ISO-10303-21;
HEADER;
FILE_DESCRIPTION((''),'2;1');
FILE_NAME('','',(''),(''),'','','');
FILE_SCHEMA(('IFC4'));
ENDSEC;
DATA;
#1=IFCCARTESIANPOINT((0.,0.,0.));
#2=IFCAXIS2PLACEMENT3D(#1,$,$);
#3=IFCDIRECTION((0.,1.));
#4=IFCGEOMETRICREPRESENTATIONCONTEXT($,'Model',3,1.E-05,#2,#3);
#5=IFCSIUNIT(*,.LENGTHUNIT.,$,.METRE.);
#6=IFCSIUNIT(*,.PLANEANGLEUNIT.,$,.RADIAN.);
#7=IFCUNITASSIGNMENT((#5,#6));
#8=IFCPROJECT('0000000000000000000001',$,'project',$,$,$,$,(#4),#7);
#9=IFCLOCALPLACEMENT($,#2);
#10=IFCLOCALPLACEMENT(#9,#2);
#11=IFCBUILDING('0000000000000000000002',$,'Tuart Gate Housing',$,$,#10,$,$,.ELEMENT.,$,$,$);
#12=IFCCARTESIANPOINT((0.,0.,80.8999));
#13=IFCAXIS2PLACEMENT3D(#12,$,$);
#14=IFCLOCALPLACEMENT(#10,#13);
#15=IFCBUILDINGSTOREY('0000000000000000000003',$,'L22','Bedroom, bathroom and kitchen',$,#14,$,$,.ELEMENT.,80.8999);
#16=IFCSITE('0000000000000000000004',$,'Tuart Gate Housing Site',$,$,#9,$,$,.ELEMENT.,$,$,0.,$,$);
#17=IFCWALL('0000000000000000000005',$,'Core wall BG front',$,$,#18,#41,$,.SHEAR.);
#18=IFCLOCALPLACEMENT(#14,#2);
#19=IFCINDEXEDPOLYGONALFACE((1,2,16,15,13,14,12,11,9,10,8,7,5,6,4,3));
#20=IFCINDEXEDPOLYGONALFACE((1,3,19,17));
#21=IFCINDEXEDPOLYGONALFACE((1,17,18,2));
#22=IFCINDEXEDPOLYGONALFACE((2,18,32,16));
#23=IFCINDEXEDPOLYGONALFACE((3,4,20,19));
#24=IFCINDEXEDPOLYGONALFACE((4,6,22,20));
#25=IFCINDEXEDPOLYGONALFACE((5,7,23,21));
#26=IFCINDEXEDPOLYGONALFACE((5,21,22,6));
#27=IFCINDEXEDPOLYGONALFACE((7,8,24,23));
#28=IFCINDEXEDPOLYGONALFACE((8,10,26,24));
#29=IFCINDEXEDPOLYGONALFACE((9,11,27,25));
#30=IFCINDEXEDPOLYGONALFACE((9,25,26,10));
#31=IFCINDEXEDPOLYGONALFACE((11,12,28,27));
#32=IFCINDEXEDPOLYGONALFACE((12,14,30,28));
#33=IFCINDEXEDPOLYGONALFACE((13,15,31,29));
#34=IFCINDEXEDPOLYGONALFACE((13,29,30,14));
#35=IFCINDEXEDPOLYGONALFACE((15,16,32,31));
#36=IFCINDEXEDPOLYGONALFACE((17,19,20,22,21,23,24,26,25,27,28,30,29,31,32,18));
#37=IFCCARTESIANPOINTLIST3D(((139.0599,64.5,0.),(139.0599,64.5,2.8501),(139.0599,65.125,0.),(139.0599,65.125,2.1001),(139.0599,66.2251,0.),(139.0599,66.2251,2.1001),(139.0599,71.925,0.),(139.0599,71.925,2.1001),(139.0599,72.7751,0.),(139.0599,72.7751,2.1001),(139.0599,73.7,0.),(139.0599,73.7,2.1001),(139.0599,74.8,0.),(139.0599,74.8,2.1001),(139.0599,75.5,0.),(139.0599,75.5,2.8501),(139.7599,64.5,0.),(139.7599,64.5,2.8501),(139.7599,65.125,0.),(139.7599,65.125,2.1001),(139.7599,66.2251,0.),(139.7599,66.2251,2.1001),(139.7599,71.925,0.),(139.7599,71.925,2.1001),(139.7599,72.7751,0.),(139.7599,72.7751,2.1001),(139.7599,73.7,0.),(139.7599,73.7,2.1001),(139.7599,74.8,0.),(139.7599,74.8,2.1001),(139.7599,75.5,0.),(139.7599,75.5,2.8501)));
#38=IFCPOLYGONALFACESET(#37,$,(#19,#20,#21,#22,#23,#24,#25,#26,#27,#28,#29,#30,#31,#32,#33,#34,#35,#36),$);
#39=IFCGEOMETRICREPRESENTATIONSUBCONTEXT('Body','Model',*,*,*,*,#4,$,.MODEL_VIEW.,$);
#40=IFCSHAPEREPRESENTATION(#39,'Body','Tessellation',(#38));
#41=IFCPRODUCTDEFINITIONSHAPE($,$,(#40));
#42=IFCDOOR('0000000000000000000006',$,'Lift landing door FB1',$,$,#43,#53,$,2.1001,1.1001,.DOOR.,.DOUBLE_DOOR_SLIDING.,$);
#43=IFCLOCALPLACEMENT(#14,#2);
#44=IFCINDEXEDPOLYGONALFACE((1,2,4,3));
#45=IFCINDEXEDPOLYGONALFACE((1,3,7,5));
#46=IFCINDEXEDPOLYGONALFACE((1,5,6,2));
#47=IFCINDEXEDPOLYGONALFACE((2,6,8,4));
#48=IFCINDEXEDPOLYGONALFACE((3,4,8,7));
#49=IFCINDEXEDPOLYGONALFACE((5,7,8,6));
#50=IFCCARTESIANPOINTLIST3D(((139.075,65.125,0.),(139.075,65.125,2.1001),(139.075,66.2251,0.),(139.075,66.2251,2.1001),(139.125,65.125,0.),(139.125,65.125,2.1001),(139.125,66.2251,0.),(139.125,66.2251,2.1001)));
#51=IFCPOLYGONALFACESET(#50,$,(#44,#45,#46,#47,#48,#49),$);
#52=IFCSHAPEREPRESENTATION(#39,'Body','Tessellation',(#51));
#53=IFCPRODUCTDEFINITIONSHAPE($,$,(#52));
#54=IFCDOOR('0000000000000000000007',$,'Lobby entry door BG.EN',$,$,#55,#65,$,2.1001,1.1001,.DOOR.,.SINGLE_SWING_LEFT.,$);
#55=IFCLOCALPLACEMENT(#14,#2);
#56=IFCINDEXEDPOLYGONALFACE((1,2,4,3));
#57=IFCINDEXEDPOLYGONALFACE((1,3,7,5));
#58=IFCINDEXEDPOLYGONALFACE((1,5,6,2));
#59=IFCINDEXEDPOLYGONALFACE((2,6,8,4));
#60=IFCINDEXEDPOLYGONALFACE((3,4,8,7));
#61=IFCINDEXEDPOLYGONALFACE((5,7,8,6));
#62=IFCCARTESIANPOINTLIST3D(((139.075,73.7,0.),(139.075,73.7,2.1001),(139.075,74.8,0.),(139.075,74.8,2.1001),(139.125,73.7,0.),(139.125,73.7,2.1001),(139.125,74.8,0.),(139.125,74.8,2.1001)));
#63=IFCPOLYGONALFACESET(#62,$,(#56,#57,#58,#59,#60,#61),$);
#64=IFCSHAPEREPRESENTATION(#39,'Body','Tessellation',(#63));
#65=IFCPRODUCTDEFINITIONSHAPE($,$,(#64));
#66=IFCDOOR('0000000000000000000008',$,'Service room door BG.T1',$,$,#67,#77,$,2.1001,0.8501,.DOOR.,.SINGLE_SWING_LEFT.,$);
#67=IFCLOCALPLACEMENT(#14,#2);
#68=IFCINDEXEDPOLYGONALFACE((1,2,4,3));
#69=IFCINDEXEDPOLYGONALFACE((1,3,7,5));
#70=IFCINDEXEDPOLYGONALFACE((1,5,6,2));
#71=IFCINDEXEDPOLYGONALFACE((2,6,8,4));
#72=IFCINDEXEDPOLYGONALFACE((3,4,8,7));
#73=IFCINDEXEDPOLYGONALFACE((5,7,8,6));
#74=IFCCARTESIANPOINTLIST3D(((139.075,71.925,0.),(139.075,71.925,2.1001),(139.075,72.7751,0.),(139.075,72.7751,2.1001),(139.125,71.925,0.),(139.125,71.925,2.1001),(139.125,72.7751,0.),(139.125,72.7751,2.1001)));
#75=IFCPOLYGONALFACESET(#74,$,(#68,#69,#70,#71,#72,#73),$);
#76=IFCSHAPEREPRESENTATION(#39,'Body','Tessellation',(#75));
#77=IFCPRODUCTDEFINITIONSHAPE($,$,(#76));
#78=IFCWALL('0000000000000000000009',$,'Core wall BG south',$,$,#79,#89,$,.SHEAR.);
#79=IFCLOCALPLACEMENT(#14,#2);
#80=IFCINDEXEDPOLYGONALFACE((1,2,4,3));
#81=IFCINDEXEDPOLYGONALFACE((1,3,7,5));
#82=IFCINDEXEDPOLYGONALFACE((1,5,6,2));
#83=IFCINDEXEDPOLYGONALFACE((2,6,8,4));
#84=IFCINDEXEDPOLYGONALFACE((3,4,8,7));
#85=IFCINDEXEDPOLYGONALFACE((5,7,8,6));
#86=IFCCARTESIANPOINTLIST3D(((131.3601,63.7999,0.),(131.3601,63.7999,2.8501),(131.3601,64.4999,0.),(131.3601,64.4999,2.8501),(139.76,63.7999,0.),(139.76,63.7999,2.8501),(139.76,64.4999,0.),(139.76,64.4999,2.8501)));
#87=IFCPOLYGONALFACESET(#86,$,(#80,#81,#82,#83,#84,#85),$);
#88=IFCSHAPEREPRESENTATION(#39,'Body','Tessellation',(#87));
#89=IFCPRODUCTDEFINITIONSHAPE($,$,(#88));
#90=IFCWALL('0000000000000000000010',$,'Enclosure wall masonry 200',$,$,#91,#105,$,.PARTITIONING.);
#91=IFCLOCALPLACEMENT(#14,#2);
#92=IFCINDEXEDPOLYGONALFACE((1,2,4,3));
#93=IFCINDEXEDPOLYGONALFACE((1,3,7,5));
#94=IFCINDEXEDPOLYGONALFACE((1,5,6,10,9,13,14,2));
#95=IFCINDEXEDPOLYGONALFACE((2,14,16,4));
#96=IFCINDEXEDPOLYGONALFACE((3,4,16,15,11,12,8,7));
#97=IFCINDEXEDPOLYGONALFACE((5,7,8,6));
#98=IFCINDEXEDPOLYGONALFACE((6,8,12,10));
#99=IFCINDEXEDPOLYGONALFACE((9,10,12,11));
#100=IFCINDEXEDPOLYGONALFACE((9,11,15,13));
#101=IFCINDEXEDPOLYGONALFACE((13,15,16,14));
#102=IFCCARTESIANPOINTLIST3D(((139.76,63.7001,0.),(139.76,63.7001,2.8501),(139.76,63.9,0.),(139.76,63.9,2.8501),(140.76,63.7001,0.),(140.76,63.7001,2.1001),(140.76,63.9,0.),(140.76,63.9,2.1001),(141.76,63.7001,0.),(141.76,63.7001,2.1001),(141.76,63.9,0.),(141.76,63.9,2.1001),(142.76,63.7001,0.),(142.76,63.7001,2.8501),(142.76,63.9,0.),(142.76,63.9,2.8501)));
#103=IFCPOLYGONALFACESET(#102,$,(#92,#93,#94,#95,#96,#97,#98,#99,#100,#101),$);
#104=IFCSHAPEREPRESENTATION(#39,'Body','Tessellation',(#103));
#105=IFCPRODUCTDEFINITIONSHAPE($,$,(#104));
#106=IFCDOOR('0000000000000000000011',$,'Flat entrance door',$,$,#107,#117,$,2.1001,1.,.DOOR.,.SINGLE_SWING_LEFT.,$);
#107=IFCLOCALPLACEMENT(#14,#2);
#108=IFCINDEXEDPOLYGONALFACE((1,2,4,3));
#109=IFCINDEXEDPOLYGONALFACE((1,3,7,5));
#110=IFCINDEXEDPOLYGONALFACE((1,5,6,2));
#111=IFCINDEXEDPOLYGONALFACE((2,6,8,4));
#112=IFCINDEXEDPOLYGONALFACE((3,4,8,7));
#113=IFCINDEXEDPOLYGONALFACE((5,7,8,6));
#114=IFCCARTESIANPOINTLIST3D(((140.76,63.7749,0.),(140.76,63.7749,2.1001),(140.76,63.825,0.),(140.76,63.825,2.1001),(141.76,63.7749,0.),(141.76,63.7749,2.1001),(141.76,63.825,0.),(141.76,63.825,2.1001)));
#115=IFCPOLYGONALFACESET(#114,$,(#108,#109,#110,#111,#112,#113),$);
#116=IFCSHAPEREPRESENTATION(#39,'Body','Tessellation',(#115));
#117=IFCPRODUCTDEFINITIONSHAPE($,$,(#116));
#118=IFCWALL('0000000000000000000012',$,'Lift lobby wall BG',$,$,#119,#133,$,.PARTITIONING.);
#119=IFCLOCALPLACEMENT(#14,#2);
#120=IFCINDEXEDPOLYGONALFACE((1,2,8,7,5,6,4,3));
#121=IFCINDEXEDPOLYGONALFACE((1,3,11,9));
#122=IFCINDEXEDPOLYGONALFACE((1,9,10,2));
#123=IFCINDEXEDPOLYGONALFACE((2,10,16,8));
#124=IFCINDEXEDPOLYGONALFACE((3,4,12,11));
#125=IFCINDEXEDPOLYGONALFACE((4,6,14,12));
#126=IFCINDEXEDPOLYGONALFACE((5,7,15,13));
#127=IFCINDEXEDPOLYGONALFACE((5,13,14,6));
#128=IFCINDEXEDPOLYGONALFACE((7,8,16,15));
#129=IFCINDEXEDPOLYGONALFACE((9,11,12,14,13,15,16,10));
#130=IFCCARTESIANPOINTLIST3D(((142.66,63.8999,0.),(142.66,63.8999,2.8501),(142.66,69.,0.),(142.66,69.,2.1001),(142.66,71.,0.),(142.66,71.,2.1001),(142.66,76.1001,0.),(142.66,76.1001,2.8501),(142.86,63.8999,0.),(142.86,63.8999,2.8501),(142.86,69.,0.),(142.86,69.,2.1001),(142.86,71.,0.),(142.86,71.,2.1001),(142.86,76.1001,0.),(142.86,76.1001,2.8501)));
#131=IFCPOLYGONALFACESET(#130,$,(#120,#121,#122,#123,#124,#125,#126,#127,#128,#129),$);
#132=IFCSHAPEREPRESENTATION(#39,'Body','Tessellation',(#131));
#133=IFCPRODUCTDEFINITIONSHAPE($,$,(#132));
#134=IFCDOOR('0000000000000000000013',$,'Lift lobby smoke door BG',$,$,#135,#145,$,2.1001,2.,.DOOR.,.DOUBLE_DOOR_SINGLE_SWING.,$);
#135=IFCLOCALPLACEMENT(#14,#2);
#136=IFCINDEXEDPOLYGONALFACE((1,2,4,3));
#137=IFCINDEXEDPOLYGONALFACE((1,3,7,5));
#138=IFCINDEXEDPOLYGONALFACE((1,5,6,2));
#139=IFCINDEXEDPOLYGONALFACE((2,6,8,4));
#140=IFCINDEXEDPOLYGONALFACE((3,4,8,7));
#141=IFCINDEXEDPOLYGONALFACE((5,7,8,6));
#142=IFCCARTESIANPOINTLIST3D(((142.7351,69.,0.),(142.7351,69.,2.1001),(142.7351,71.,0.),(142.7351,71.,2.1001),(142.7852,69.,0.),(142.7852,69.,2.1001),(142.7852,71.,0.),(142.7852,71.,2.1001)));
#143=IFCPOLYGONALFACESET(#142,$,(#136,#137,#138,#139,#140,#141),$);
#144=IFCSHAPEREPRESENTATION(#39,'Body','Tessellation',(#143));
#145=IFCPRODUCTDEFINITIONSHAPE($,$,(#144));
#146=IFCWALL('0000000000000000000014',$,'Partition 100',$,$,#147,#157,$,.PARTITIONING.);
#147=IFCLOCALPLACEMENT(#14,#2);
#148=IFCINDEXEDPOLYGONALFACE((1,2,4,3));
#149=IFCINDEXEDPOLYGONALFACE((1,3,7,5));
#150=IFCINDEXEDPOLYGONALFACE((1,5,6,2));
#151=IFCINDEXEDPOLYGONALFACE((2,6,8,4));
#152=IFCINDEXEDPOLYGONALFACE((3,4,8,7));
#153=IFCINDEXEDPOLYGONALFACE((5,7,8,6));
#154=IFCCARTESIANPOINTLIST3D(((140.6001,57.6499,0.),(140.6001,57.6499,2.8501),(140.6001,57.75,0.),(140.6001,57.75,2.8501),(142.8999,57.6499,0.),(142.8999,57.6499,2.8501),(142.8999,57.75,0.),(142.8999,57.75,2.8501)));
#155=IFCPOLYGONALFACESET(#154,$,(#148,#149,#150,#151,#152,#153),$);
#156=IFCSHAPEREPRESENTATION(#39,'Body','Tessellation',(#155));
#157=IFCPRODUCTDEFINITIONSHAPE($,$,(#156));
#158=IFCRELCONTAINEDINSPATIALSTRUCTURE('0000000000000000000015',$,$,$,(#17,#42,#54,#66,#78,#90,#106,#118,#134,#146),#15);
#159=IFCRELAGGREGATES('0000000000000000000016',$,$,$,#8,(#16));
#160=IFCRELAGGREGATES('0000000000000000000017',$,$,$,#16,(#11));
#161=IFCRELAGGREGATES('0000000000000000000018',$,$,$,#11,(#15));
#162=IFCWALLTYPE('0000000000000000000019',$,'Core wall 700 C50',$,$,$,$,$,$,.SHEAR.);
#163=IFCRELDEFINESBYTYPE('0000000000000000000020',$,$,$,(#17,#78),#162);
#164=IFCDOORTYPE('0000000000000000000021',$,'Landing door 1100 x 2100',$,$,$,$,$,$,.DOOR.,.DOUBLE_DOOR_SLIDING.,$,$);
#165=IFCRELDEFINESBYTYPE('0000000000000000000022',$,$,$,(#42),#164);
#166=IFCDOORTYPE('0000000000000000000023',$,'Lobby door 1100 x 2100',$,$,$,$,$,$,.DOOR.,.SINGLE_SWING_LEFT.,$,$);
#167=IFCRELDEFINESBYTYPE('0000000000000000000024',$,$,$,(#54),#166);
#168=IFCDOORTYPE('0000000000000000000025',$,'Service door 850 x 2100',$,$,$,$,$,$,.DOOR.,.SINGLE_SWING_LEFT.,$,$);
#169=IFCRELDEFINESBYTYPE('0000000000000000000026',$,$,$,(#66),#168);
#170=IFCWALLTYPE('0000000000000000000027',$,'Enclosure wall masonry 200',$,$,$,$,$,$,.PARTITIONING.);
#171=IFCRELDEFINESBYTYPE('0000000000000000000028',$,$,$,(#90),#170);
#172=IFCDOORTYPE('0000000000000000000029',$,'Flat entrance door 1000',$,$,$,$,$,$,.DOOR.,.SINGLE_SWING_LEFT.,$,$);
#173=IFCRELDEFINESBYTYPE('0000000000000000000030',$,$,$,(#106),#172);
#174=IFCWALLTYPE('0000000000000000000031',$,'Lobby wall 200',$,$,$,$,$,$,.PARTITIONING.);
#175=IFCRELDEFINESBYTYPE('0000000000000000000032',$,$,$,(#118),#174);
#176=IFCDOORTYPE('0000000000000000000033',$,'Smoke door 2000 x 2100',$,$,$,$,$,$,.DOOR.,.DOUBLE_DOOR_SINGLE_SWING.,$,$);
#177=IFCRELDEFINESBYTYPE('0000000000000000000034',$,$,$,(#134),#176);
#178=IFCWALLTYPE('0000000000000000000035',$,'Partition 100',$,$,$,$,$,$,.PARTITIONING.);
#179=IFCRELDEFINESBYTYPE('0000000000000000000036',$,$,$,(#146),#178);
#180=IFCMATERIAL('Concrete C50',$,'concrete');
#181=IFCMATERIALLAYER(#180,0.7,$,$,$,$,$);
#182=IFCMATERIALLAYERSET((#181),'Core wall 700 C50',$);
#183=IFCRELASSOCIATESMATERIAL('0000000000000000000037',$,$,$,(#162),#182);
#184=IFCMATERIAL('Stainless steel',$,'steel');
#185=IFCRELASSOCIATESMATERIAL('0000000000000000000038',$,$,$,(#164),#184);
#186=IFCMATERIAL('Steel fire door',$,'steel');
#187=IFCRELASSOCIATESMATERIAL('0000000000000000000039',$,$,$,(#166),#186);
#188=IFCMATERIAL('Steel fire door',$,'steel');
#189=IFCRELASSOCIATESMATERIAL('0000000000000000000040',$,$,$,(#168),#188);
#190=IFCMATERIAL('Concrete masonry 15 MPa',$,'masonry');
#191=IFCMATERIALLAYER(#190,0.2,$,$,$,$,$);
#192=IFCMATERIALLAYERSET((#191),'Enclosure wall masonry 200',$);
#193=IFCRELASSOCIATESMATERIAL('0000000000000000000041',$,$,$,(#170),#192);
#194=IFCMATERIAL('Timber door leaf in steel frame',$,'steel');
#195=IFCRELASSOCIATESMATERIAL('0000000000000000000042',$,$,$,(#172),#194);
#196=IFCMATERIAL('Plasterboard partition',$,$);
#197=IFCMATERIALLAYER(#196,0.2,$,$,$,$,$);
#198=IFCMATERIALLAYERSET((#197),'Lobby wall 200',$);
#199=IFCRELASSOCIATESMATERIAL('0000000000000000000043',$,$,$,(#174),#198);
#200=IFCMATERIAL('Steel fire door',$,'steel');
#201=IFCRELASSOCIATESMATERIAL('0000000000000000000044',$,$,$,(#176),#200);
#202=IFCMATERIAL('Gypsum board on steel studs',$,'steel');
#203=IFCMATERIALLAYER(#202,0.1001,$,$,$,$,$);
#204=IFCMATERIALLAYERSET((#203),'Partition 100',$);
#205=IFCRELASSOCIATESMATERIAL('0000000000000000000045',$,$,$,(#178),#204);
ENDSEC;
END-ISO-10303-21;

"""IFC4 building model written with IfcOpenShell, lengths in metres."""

from ifc_helpers import new_model, si_unit, direction, frame, frame_2d, origin, place, context, subcontext, project, spatial, rectangle, extrude, material, layer, layer_set, type_object, element, fill, save


model = new_model("IFC4")

# Units and contexts
model_context = context("Model", 3, precision=1e-05, world=origin(), true_north=direction((0.0, 1.0)))
body_context = subcontext(model_context, "Body", "Model", "MODEL_VIEW")
ifc_project = project(units=[si_unit("LENGTHUNIT", "METRE"), si_unit("PLANEANGLEUNIT", "RADIAN")], contexts=[model_context])

# Site, building, storey
site_placement = place(None, origin())
site = spatial("IfcSite", under=ifc_project, at=site_placement, Name="Tuart Gate Housing Site", CompositionType="ELEMENT", RefElevation=0.0)
building_placement = place(site_placement, origin())
building = spatial("IfcBuilding", under=site, at=building_placement, Name="Tuart Gate Housing", CompositionType="ELEMENT")
storey_placement = place(building_placement, frame((0.0, 0.0, 80.8999)))
storey = spatial("IfcBuildingStorey", under=building, at=storey_placement, Name="L22", Description="Bedroom, bathroom and kitchen", CompositionType="ELEMENT", Elevation=80.8999)

# Wall, openings, doors
ifc_material_1 = material(Name="Concrete C50", Category="concrete")
ifc_layer_1 = layer(ifc_material_1, 0.7)
ifc_layer_set_1 = layer_set([ifc_layer_1], Name="Core wall 700 C50")
wall_type_1 = type_object("IfcWallType", Name="Core wall 700 C50", PredefinedType="SHEAR", material=ifc_layer_set_1)
wall_1_placement = place(storey_placement, frame((139.4099, 64.5, 0.0), z_axis=(0.0, 0.0, 1.0), x_axis=(0.0, 1.0, 0.0)))
wall_1 = element("IfcWall", 1, at=wall_1_placement, inside=storey, type_object=wall_type_1, Name="Core wall BG front", PredefinedType="SHEAR", context=body_context, shape_type="SweptSolid", body=[
    extrude(rectangle(XDim=11.0, YDim=0.7, at=frame_2d((5.5, 0.0))), origin(), (0.0, 0.0, 1.0), 2.8501),
])
opening_1_placement = place(wall_1_placement, frame((0.625, 0.0, 0.0)))
opening_1 = element("IfcOpeningElement", 2, at=opening_1_placement, cuts=wall_1, PredefinedType="OPENING", context=body_context, shape_type="SweptSolid", body=[
    extrude(rectangle(XDim=1.1001, YDim=2.1001, at=frame_2d((0.55, 1.05))), frame((0.0, 0.3599, 0.0), z_axis=(0.0, -1.0, 0.0), x_axis=(1.0, 0.0, 0.0)), (0.0, 0.0, 1.0), 0.72),
])
opening_2_placement = place(wall_1_placement, frame((9.2, 0.0, 0.0)))
opening_2 = element("IfcOpeningElement", 3, at=opening_2_placement, cuts=wall_1, PredefinedType="OPENING", context=body_context, shape_type="SweptSolid", body=[
    extrude(rectangle(XDim=1.1001, YDim=2.1001, at=frame_2d((0.55, 1.05))), frame((0.0, 0.3599, 0.0), z_axis=(0.0, -1.0, 0.0), x_axis=(1.0, 0.0, 0.0)), (0.0, 0.0, 1.0), 0.72),
])
opening_3_placement = place(wall_1_placement, frame((7.425, 0.0, 0.0)))
opening_3 = element("IfcOpeningElement", 4, at=opening_3_placement, cuts=wall_1, PredefinedType="OPENING", context=body_context, shape_type="SweptSolid", body=[
    extrude(rectangle(XDim=0.8501, YDim=2.1001, at=frame_2d((0.425, 1.05))), frame((0.0, 0.3599, 0.0), z_axis=(0.0, -1.0, 0.0), x_axis=(1.0, 0.0, 0.0)), (0.0, 0.0, 1.0), 0.72),
])
ifc_material_2 = material(Name="Stainless steel", Category="steel")
door_type_1 = type_object("IfcDoorType", Name="Landing door 1100 x 2100", OperationType="DOUBLE_DOOR_SLIDING", PredefinedType="DOOR", material=ifc_material_2)
door_1_placement = place(opening_1_placement, origin())
door_1 = element("IfcDoor", 5, at=door_1_placement, inside=storey, type_object=door_type_1, Name="Lift landing door FB1", OperationType="DOUBLE_DOOR_SLIDING", OverallHeight=2.1001, OverallWidth=1.1001, PredefinedType="DOOR", context=body_context, shape_type="SweptSolid", body=[
    extrude(rectangle(XDim=1.1001, YDim=2.1001, at=frame_2d((0.55, 1.05))), frame((0.0, 0.335, 0.0), z_axis=(0.0, -1.0, 0.0), x_axis=(1.0, 0.0, 0.0)), (0.0, 0.0, 1.0), 0.05),
])
fill(opening_1, door_1)
ifc_material_3 = material(Name="Steel fire door", Category="steel")
door_type_2 = type_object("IfcDoorType", Name="Lobby door 1100 x 2100", OperationType="SINGLE_SWING_LEFT", PredefinedType="DOOR", material=ifc_material_3)
door_2_placement = place(opening_2_placement, origin())
door_2 = element("IfcDoor", 6, at=door_2_placement, inside=storey, type_object=door_type_2, Name="Lobby entry door BG.EN", OperationType="SINGLE_SWING_LEFT", OverallHeight=2.1001, OverallWidth=1.1001, PredefinedType="DOOR", context=body_context, shape_type="SweptSolid", body=[
    extrude(rectangle(XDim=1.1001, YDim=2.1001, at=frame_2d((0.55, 1.05))), frame((0.0, 0.335, 0.0), z_axis=(0.0, -1.0, 0.0), x_axis=(1.0, 0.0, 0.0)), (0.0, 0.0, 1.0), 0.05),
])
fill(opening_2, door_2)
ifc_material_4 = material(Name="Steel fire door", Category="steel")
door_type_3 = type_object("IfcDoorType", Name="Service door 850 x 2100", OperationType="SINGLE_SWING_LEFT", PredefinedType="DOOR", material=ifc_material_4)
door_3_placement = place(opening_3_placement, origin())
door_3 = element("IfcDoor", 7, at=door_3_placement, inside=storey, type_object=door_type_3, Name="Service room door BG.T1", OperationType="SINGLE_SWING_LEFT", OverallHeight=2.1001, OverallWidth=0.8501, PredefinedType="DOOR", context=body_context, shape_type="SweptSolid", body=[
    extrude(rectangle(XDim=0.8501, YDim=2.1001, at=frame_2d((0.425, 1.05))), frame((0.0, 0.335, 0.0), z_axis=(0.0, -1.0, 0.0), x_axis=(1.0, 0.0, 0.0)), (0.0, 0.0, 1.0), 0.05),
])
fill(opening_3, door_3)

# Wall
wall_2_placement = place(storey_placement, frame((139.76, 64.1499, 0.0), z_axis=(0.0, 0.0, 1.0), x_axis=(-1.0, 0.0, 0.0)))
element("IfcWall", 8, at=wall_2_placement, inside=storey, type_object=wall_type_1, Name="Core wall BG south", PredefinedType="SHEAR", context=body_context, shape_type="SweptSolid", body=[
    extrude(rectangle(XDim=8.3999, YDim=0.7, at=frame_2d((4.2, 0.0))), origin(), (0.0, 0.0, 1.0), 2.8501),
])

# Walls, openings, doors
ifc_material_5 = material(Name="Concrete masonry 15 MPa", Category="masonry")
ifc_layer_2 = layer(ifc_material_5, 0.2)
ifc_layer_set_2 = layer_set([ifc_layer_2], Name="Enclosure wall masonry 200")
wall_type_2 = type_object("IfcWallType", Name="Enclosure wall masonry 200", PredefinedType="PARTITIONING", material=ifc_layer_set_2)
wall_3_placement = place(storey_placement, frame((139.76, 63.8, 0.0), z_axis=(0.0, 0.0, 1.0), x_axis=(1.0, 0.0, 0.0)))
wall_3 = element("IfcWall", 9, at=wall_3_placement, inside=storey, type_object=wall_type_2, Name="Enclosure wall masonry 200", PredefinedType="PARTITIONING", context=body_context, shape_type="SweptSolid", body=[
    extrude(rectangle(XDim=3.0, YDim=0.2, at=frame_2d((1.5, 0.0))), origin(), (0.0, 0.0, 1.0), 2.8501),
])
opening_4_placement = place(wall_3_placement, frame((1.0, 0.0, 0.0)))
opening_4 = element("IfcOpeningElement", 10, at=opening_4_placement, cuts=wall_3, PredefinedType="OPENING", context=body_context, shape_type="SweptSolid", body=[
    extrude(rectangle(XDim=1.0, YDim=2.1001, at=frame_2d((0.5, 1.05))), frame((0.0, 0.1099, 0.0), z_axis=(0.0, -1.0, 0.0), x_axis=(1.0, 0.0, 0.0)), (0.0, 0.0, 1.0), 0.22),
])
ifc_material_6 = material(Name="Timber door leaf in steel frame", Category="steel")
door_type_4 = type_object("IfcDoorType", Name="Flat entrance door 1000", OperationType="SINGLE_SWING_LEFT", PredefinedType="DOOR", material=ifc_material_6)
door_4_placement = place(opening_4_placement, frame((1.0, 0.0, 0.0), z_axis=(0.0, 0.0, 1.0), x_axis=(-1.0, 0.0, 0.0)))
door_4 = element("IfcDoor", 11, at=door_4_placement, inside=storey, type_object=door_type_4, Name="Flat entrance door", OperationType="SINGLE_SWING_LEFT", OverallHeight=2.1001, OverallWidth=1.0, PredefinedType="DOOR", context=body_context, shape_type="SweptSolid", body=[
    extrude(rectangle(XDim=1.0, YDim=2.1001, at=frame_2d((0.5, 1.05))), frame((0.0, 0.0251, 0.0), z_axis=(0.0, -1.0, 0.0), x_axis=(1.0, 0.0, 0.0)), (0.0, 0.0, 1.0), 0.05),
])
fill(opening_4, door_4)
ifc_material_7 = material(Name="Plasterboard partition")
ifc_layer_3 = layer(ifc_material_7, 0.2)
ifc_layer_set_3 = layer_set([ifc_layer_3], Name="Lobby wall 200")
wall_type_3 = type_object("IfcWallType", Name="Lobby wall 200", PredefinedType="PARTITIONING", material=ifc_layer_set_3)
wall_4_placement = place(storey_placement, frame((142.76, 63.8999, 0.0), z_axis=(0.0, 0.0, 1.0), x_axis=(0.0, 1.0, 0.0)))
wall_4 = element("IfcWall", 12, at=wall_4_placement, inside=storey, type_object=wall_type_3, Name="Lift lobby wall BG", PredefinedType="PARTITIONING", context=body_context, shape_type="SweptSolid", body=[
    extrude(rectangle(XDim=12.2002, YDim=0.2, at=frame_2d((6.1001, 0.0))), origin(), (0.0, 0.0, 1.0), 2.8501),
])
opening_5_placement = place(wall_4_placement, frame((5.1001, 0.0, 0.0)))
opening_5 = element("IfcOpeningElement", 13, at=opening_5_placement, cuts=wall_4, PredefinedType="OPENING", context=body_context, shape_type="SweptSolid", body=[
    extrude(rectangle(XDim=2.0, YDim=2.1001, at=frame_2d((1.0, 1.05))), frame((0.0, 0.1099, 0.0), z_axis=(0.0, -1.0, 0.0), x_axis=(1.0, 0.0, 0.0)), (0.0, 0.0, 1.0), 0.22),
])
ifc_material_8 = material(Name="Steel fire door", Category="steel")
door_type_5 = type_object("IfcDoorType", Name="Smoke door 2000 x 2100", OperationType="DOUBLE_DOOR_SINGLE_SWING", PredefinedType="DOOR", material=ifc_material_8)
door_5_placement = place(opening_5_placement, origin())
door_5 = element("IfcDoor", 14, at=door_5_placement, inside=storey, type_object=door_type_5, Name="Lift lobby smoke door BG", OperationType="DOUBLE_DOOR_SINGLE_SWING", OverallHeight=2.1001, OverallWidth=2.0, PredefinedType="DOOR", context=body_context, shape_type="SweptSolid", body=[
    extrude(rectangle(XDim=2.0, YDim=2.1001, at=frame_2d((1.0, 1.05))), frame((0.0, 0.0249, 0.0), z_axis=(0.0, -1.0, 0.0), x_axis=(1.0, 0.0, 0.0)), (0.0, 0.0, 1.0), 0.05),
])
fill(opening_5, door_5)

# Wall
ifc_material_9 = material(Name="Gypsum board on steel studs", Category="steel")
ifc_layer_4 = layer(ifc_material_9, 0.1001)
ifc_layer_set_4 = layer_set([ifc_layer_4], Name="Partition 100")
wall_type_4 = type_object("IfcWallType", Name="Partition 100", PredefinedType="PARTITIONING", material=ifc_layer_set_4)
wall_5_placement = place(storey_placement, frame((140.6001, 57.7, 0.0), z_axis=(0.0, 0.0, 1.0), x_axis=(1.0, 0.0, 0.0)))
element("IfcWall", 15, at=wall_5_placement, inside=storey, type_object=wall_type_4, Name="Partition 100", PredefinedType="PARTITIONING", context=body_context, shape_type="SweptSolid", body=[
    extrude(rectangle(XDim=2.2998, YDim=0.1001, at=frame_2d((1.1499, 0.0))), origin(), (0.0, 0.0, 1.0), 2.8501),
])

save(model, "model.ifc")
